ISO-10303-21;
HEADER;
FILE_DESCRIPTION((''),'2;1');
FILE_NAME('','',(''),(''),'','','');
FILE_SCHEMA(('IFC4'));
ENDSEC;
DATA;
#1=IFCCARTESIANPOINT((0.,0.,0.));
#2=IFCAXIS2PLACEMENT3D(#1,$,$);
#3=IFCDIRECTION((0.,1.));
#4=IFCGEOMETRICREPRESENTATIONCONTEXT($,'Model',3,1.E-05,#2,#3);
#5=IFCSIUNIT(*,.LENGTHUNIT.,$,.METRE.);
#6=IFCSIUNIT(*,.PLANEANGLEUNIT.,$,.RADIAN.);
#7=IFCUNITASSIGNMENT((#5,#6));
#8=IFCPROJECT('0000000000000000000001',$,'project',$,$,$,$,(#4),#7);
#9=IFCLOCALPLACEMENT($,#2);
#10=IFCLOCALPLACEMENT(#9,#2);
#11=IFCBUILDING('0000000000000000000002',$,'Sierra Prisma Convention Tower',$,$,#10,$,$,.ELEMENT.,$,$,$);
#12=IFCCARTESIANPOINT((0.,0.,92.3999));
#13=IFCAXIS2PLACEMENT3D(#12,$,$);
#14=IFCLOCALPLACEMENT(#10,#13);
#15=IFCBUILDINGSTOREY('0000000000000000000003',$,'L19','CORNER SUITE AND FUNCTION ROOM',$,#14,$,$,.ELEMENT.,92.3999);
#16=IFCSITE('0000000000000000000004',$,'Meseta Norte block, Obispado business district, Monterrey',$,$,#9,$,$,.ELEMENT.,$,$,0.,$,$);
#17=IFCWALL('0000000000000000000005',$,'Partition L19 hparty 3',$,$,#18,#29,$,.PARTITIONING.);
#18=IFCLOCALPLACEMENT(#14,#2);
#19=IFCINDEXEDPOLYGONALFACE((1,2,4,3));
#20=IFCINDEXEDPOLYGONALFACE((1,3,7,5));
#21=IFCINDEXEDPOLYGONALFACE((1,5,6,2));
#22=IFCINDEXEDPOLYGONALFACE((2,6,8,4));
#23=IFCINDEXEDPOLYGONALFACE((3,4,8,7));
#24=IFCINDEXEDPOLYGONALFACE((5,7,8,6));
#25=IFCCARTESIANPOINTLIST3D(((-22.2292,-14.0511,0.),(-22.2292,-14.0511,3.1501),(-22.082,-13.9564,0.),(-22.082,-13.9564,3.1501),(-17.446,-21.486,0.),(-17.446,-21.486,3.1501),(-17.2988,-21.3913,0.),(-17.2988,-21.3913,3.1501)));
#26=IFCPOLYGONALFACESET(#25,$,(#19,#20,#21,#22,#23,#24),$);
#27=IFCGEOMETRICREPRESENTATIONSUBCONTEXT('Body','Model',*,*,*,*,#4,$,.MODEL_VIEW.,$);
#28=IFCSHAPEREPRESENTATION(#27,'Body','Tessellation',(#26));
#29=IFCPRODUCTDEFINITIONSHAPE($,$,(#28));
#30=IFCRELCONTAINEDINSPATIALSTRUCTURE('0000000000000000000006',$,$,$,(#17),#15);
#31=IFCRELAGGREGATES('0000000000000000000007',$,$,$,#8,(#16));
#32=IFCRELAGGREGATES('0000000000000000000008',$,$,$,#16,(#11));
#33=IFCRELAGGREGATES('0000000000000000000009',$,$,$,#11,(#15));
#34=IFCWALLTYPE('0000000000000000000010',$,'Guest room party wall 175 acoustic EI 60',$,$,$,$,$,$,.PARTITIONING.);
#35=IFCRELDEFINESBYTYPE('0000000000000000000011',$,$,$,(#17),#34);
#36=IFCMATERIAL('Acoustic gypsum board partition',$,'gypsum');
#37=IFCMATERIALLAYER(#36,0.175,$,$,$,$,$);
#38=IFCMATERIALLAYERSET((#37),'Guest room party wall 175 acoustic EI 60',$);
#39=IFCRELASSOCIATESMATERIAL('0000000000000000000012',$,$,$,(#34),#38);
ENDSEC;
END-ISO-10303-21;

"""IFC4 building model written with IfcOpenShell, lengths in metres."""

from ifc_helpers import new_model, si_unit, direction, frame, frame_2d, origin, place, context, subcontext, project, spatial, rectangle, extrude, material, layer, layer_set, type_object, element, save


model = new_model("IFC4")

# Units and contexts
model_context = context("Model", 3, precision=1e-05, world=origin(), true_north=direction((0.0, 1.0)))
body_context = subcontext(model_context, "Body", "Model", "MODEL_VIEW")
ifc_project = project(units=[si_unit("LENGTHUNIT", "METRE"), si_unit("PLANEANGLEUNIT", "RADIAN")], contexts=[model_context])

# Site, building, storey
site_placement = place(None, origin())
site = spatial("IfcSite", under=ifc_project, at=site_placement, Name="Meseta Norte block, Obispado business district, Monterrey", CompositionType="ELEMENT", RefElevation=0.0)
building_placement = place(site_placement, origin())
building = spatial("IfcBuilding", under=site, at=building_placement, Name="Sierra Prisma Convention Tower", CompositionType="ELEMENT")
storey_placement = place(building_placement, frame((0.0, 0.0, 92.3999)))
storey = spatial("IfcBuildingStorey", under=building, at=storey_placement, Name="L19", Description="CORNER SUITE AND FUNCTION ROOM", CompositionType="ELEMENT", Elevation=92.3999)

# Wall
ifc_material_1 = material(Name="Acoustic gypsum board partition", Category="gypsum")
ifc_layer_1 = layer(ifc_material_1, 0.175)
ifc_layer_set_1 = layer_set([ifc_layer_1], Name="Guest room party wall 175 acoustic EI 60")
wall_type_1 = type_object("IfcWallType", Name="Guest room party wall 175 acoustic EI 60", PredefinedType="PARTITIONING", material=ifc_layer_set_1)
wall_1_placement = place(storey_placement, frame((-17.3723, -21.4387, 0.0), z_axis=(0.0, 0.0, 1.0), x_axis=(-0.541052, 0.840989, 0.0)))
element("IfcWall", 1, at=wall_1_placement, inside=storey, type_object=wall_type_1, Name="Partition L19 hparty 3", PredefinedType="PARTITIONING", context=body_context, shape_type="SweptSolid", body=[
    extrude(rectangle(XDim=8.8406, YDim=0.175, at=frame_2d((4.4204, 0.0))), origin(), (0.0, 0.0, 1.0), 3.1501),
])

save(model, "model.ifc")
